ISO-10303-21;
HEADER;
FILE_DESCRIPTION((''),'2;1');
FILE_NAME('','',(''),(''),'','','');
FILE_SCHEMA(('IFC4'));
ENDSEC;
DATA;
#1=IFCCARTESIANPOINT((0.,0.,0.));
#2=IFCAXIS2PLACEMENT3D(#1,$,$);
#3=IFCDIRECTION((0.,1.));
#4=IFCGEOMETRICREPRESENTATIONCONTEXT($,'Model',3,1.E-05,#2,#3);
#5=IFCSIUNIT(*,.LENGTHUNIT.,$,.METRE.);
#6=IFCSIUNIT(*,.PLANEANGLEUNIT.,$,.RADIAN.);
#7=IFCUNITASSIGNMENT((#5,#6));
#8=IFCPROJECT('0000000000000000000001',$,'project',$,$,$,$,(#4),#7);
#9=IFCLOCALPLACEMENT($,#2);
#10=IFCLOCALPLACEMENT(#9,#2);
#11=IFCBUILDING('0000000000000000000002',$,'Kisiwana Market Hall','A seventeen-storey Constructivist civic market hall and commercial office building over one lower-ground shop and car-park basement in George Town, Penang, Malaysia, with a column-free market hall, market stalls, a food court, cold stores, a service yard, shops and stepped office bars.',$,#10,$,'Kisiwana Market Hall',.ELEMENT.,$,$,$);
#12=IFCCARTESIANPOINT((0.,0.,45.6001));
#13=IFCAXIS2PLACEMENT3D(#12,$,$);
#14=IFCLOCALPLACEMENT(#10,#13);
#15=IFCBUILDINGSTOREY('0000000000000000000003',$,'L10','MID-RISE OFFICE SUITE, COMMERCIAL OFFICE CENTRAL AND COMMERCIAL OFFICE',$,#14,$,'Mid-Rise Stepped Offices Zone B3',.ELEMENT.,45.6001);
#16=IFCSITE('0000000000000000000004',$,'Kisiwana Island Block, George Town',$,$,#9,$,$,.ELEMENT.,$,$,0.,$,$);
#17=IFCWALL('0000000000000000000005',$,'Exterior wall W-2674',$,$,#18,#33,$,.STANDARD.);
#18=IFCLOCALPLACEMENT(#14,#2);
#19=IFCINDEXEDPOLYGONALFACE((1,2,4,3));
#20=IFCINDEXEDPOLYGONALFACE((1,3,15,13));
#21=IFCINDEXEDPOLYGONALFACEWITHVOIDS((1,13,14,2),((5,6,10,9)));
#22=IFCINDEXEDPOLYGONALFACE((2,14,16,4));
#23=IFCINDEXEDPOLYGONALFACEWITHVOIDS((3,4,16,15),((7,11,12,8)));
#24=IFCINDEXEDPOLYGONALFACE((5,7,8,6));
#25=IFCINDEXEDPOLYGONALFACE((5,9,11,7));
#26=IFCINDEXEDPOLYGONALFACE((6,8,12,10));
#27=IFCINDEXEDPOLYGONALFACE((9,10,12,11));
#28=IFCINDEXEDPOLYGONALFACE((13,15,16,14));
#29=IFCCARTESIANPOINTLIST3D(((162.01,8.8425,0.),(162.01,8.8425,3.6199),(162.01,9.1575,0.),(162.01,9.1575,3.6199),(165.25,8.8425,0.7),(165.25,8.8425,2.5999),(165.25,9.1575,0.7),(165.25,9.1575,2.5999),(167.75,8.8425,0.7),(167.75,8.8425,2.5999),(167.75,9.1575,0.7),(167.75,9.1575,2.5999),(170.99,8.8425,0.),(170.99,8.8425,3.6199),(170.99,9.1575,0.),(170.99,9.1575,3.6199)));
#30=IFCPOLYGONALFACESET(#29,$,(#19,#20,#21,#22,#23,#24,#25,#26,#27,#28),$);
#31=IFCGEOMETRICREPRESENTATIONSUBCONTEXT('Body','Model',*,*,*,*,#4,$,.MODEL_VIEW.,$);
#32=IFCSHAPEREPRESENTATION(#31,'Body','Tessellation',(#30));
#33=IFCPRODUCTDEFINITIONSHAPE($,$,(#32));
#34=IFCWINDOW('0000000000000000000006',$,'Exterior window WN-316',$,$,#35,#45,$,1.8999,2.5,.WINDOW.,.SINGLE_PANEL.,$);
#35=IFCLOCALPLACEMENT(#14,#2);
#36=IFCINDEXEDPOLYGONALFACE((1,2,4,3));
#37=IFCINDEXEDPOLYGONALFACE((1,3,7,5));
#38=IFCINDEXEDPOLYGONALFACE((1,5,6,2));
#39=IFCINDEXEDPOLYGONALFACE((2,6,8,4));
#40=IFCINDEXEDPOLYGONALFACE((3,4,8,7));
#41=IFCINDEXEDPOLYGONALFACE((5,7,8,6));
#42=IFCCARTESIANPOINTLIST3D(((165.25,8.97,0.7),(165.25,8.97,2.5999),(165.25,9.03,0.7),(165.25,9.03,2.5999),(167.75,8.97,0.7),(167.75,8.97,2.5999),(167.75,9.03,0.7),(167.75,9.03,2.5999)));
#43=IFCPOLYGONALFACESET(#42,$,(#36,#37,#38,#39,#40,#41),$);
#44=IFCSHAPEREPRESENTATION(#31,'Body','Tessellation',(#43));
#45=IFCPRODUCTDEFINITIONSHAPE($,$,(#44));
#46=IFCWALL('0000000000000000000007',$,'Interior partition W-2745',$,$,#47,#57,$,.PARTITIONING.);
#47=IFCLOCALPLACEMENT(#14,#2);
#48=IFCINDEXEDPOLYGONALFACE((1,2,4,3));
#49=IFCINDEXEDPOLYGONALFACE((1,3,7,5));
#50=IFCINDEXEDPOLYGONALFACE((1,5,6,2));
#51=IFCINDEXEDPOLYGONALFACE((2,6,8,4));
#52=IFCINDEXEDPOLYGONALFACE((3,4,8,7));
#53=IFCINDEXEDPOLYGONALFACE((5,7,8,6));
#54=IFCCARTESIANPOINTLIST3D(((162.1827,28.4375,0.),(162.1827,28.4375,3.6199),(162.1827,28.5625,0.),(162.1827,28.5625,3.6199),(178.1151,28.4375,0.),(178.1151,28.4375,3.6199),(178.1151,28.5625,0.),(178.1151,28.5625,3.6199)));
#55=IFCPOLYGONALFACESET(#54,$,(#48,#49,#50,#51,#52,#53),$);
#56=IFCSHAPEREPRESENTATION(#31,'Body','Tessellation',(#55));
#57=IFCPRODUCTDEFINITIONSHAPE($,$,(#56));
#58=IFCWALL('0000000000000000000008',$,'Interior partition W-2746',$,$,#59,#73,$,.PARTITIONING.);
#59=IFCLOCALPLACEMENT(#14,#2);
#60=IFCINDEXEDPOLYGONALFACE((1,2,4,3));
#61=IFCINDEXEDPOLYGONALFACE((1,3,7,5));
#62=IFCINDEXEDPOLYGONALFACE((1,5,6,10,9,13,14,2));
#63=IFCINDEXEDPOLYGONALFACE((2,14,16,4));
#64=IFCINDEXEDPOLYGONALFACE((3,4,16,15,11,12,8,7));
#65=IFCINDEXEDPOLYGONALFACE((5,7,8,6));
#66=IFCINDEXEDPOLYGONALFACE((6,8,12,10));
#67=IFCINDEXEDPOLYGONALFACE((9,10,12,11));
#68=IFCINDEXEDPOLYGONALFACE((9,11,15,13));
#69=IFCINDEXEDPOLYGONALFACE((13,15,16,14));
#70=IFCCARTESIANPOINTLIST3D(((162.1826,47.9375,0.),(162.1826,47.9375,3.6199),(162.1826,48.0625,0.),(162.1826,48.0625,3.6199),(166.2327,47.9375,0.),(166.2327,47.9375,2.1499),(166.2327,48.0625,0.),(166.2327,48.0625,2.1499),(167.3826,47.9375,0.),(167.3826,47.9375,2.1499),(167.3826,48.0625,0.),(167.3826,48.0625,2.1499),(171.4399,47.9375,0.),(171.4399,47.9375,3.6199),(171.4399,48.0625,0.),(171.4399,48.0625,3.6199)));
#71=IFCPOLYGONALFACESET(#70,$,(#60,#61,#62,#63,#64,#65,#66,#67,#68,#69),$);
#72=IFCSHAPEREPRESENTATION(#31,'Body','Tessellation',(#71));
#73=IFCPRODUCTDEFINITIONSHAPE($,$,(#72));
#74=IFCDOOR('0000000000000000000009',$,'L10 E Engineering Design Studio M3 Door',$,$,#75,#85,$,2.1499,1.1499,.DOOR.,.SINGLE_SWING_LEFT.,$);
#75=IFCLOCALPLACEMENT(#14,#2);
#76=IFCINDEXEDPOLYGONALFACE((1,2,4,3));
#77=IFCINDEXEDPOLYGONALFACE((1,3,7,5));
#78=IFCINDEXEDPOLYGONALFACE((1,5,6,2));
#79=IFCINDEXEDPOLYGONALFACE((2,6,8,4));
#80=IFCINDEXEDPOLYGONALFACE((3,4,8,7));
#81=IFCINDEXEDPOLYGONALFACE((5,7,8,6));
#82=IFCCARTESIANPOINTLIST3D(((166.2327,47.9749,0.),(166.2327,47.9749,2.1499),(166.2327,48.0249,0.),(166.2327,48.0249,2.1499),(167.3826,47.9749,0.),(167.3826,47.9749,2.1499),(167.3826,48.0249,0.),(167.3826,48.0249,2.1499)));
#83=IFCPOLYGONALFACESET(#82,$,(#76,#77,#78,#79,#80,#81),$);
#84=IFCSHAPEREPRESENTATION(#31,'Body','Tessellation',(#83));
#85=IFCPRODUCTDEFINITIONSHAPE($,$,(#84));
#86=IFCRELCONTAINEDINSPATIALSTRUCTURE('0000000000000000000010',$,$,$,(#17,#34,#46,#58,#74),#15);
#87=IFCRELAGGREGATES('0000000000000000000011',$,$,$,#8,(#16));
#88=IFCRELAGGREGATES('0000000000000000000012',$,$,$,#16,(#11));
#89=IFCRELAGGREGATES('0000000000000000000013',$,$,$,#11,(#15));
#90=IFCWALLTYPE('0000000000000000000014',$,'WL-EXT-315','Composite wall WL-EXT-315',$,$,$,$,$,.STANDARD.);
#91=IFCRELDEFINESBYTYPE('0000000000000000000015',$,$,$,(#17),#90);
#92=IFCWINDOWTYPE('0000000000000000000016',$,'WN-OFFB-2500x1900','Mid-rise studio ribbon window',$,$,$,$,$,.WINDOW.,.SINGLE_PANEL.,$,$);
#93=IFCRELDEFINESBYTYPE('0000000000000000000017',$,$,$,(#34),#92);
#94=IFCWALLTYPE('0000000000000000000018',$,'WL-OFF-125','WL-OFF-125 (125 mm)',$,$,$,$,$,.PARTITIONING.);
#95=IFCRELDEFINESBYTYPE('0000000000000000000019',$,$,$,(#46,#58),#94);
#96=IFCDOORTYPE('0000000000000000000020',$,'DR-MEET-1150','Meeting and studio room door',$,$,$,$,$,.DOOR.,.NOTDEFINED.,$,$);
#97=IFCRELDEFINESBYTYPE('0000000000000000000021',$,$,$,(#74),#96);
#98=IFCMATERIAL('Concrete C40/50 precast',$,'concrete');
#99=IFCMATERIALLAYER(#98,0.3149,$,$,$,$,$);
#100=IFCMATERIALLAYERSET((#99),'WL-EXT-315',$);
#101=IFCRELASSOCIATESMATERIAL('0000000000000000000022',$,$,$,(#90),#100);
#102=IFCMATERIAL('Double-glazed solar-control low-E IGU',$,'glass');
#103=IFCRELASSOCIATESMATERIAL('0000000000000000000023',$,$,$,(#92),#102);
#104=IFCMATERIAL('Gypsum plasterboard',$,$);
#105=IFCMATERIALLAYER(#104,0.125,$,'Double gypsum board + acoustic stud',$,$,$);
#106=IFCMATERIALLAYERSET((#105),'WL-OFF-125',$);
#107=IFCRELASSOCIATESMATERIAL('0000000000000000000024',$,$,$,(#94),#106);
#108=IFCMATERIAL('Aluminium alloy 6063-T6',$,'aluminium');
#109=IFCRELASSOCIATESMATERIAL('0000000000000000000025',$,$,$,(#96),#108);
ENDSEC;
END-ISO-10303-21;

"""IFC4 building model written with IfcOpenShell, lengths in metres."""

from ifc_helpers import new_model, si_unit, direction, frame, frame_2d, origin, place, context, subcontext, project, spatial, rectangle, extrude, material, layer, layer_set, type_object, element, fill, save


model = new_model("IFC4")

# Units and contexts
model_context = context("Model", 3, precision=1e-05, world=origin(), true_north=direction((0.0, 1.0)))
body_context = subcontext(model_context, "Body", "Model", "MODEL_VIEW")
ifc_project = project(units=[si_unit("LENGTHUNIT", "METRE"), si_unit("PLANEANGLEUNIT", "RADIAN")], contexts=[model_context])

# Site, building, storey
site_placement = place(None, origin())
site = spatial("IfcSite", under=ifc_project, at=site_placement, Name="Kisiwana Island Block, George Town", CompositionType="ELEMENT", RefElevation=0.0)
building_placement = place(site_placement, origin())
building = spatial("IfcBuilding", under=site, at=building_placement, Name="Kisiwana Market Hall", Description="A seventeen-storey Constructivist civic market hall and commercial office building over one lower-ground shop and car-park basement in George Town, Penang, Malaysia, with a column-free market hall, market stalls, a food court, cold stores, a service yard, shops and stepped office bars.", LongName="Kisiwana Market Hall", CompositionType="ELEMENT")
storey_placement = place(building_placement, frame((0.0, 0.0, 45.6001)))
storey = spatial("IfcBuildingStorey", under=building, at=storey_placement, Name="L10", Description="MID-RISE OFFICE SUITE, COMMERCIAL OFFICE CENTRAL AND COMMERCIAL OFFICE", LongName="Mid-Rise Stepped Offices Zone B3", CompositionType="ELEMENT", Elevation=45.6001)

# Wall, opening, window
ifc_material_1 = material(Name="Concrete C40/50 precast", Category="concrete")
ifc_layer_1 = layer(ifc_material_1, 0.3149)
ifc_layer_set_1 = layer_set([ifc_layer_1], Name="WL-EXT-315")
wall_type_1 = type_object("IfcWallType", Name="WL-EXT-315", Description="Composite wall WL-EXT-315", PredefinedType="STANDARD", material=ifc_layer_set_1)
wall_1_placement = place(storey_placement, frame((162.01, 9.0, 0.0), z_axis=(0.0, 0.0, 1.0), x_axis=(1.0, 0.0, 0.0)))
wall_1 = element("IfcWall", 1, at=wall_1_placement, inside=storey, type_object=wall_type_1, Name="Exterior wall W-2674", PredefinedType="STANDARD", context=body_context, shape_type="SweptSolid", body=[
    extrude(rectangle(XDim=8.98, YDim=0.3149, at=frame_2d((4.49, 0.0))), origin(), (0.0, 0.0, 1.0), 3.6199),
])
opening_1_placement = place(wall_1_placement, frame((3.24, 0.0, 0.7)))
opening_1 = element("IfcOpeningElement", 2, at=opening_1_placement, cuts=wall_1, PredefinedType="OPENING", context=body_context, shape_type="SweptSolid", body=[
    extrude(rectangle(XDim=2.5, YDim=1.8999, at=frame_2d((1.25, 0.95))), frame((0.0, 0.1694, 0.0), z_axis=(0.0, -1.0, 0.0), x_axis=(1.0, 0.0, 0.0)), (0.0, 0.0, 1.0), 0.3389),
])
ifc_material_2 = material(Name="Double-glazed solar-control low-E IGU", Category="glass")
window_type = type_object("IfcWindowType", Name="WN-OFFB-2500x1900", Description="Mid-rise studio ribbon window", PartitioningType="SINGLE_PANEL", PredefinedType="WINDOW", material=ifc_material_2)
window_placement = place(opening_1_placement, origin())
window = element("IfcWindow", 3, at=window_placement, inside=storey, type_object=window_type, Name="Exterior window WN-316", OverallHeight=1.8999, OverallWidth=2.5, PartitioningType="SINGLE_PANEL", PredefinedType="WINDOW", context=body_context, shape_type="SweptSolid", body=[
    extrude(rectangle(XDim=2.5, YDim=1.8999, at=frame_2d((1.25, 0.95))), frame((0.0, 0.03, 0.0), z_axis=(0.0, -1.0, 0.0), x_axis=(1.0, 0.0, 0.0)), (0.0, 0.0, 1.0), 0.0601),
])
fill(opening_1, window)

# Wall
ifc_material_3 = material(Name="Gypsum plasterboard")
ifc_layer_2 = layer(ifc_material_3, 0.125, Name="Double gypsum board + acoustic stud")
ifc_layer_set_2 = layer_set([ifc_layer_2], Name="WL-OFF-125")
wall_type_2 = type_object("IfcWallType", Name="WL-OFF-125", Description="WL-OFF-125 (125 mm)", PredefinedType="PARTITIONING", material=ifc_layer_set_2)
wall_2_placement = place(storey_placement, frame((162.1826, 28.5, 0.0), z_axis=(0.0, 0.0, 1.0), x_axis=(1.0, 0.0, 0.0)))
element("IfcWall", 4, at=wall_2_placement, inside=storey, type_object=wall_type_2, Name="Interior partition W-2745", PredefinedType="PARTITIONING", context=body_context, shape_type="SweptSolid", body=[
    extrude(rectangle(XDim=15.9324, YDim=0.125, at=frame_2d((7.9663, 0.0))), origin(), (0.0, 0.0, 1.0), 3.6199),
])

# Wall, opening, door
wall_3_placement = place(storey_placement, frame((162.1826, 48.0, 0.0), z_axis=(0.0, 0.0, 1.0), x_axis=(1.0, 0.0, 0.0)))
wall_3 = element("IfcWall", 5, at=wall_3_placement, inside=storey, type_object=wall_type_2, Name="Interior partition W-2746", PredefinedType="PARTITIONING", context=body_context, shape_type="SweptSolid", body=[
    extrude(rectangle(XDim=9.2573, YDim=0.125, at=frame_2d((4.6287, 0.0))), origin(), (0.0, 0.0, 1.0), 3.6199),
])
opening_2_placement = place(wall_3_placement, frame((4.05, 0.0, 0.0)))
opening_2 = element("IfcOpeningElement", 6, at=opening_2_placement, cuts=wall_3, PredefinedType="OPENING", context=body_context, shape_type="SweptSolid", body=[
    extrude(rectangle(XDim=1.1499, YDim=2.1499, at=frame_2d((0.575, 1.075))), frame((0.0, 0.0745, 0.0), z_axis=(0.0, -1.0, 0.0), x_axis=(1.0, 0.0, 0.0)), (0.0, 0.0, 1.0), 0.1489),
])
ifc_material_4 = material(Name="Aluminium alloy 6063-T6", Category="aluminium")
door_type = type_object("IfcDoorType", Name="DR-MEET-1150", Description="Meeting and studio room door", OperationType="NOTDEFINED", PredefinedType="DOOR", material=ifc_material_4)
door_placement = place(opening_2_placement, origin())
door = element("IfcDoor", 7, at=door_placement, inside=storey, type_object=door_type, Name="L10 E Engineering Design Studio M3 Door", OperationType="SINGLE_SWING_LEFT", OverallHeight=2.1499, OverallWidth=1.1499, PredefinedType="DOOR", context=body_context, shape_type="SweptSolid", body=[
    extrude(rectangle(XDim=1.1499, YDim=2.1499, at=frame_2d((0.575, 1.075))), frame((0.0, 0.0249, 0.0), z_axis=(0.0, -1.0, 0.0), x_axis=(1.0, 0.0, 0.0)), (0.0, 0.0, 1.0), 0.05),
])
fill(opening_2, door)

save(model, "model.ifc")
